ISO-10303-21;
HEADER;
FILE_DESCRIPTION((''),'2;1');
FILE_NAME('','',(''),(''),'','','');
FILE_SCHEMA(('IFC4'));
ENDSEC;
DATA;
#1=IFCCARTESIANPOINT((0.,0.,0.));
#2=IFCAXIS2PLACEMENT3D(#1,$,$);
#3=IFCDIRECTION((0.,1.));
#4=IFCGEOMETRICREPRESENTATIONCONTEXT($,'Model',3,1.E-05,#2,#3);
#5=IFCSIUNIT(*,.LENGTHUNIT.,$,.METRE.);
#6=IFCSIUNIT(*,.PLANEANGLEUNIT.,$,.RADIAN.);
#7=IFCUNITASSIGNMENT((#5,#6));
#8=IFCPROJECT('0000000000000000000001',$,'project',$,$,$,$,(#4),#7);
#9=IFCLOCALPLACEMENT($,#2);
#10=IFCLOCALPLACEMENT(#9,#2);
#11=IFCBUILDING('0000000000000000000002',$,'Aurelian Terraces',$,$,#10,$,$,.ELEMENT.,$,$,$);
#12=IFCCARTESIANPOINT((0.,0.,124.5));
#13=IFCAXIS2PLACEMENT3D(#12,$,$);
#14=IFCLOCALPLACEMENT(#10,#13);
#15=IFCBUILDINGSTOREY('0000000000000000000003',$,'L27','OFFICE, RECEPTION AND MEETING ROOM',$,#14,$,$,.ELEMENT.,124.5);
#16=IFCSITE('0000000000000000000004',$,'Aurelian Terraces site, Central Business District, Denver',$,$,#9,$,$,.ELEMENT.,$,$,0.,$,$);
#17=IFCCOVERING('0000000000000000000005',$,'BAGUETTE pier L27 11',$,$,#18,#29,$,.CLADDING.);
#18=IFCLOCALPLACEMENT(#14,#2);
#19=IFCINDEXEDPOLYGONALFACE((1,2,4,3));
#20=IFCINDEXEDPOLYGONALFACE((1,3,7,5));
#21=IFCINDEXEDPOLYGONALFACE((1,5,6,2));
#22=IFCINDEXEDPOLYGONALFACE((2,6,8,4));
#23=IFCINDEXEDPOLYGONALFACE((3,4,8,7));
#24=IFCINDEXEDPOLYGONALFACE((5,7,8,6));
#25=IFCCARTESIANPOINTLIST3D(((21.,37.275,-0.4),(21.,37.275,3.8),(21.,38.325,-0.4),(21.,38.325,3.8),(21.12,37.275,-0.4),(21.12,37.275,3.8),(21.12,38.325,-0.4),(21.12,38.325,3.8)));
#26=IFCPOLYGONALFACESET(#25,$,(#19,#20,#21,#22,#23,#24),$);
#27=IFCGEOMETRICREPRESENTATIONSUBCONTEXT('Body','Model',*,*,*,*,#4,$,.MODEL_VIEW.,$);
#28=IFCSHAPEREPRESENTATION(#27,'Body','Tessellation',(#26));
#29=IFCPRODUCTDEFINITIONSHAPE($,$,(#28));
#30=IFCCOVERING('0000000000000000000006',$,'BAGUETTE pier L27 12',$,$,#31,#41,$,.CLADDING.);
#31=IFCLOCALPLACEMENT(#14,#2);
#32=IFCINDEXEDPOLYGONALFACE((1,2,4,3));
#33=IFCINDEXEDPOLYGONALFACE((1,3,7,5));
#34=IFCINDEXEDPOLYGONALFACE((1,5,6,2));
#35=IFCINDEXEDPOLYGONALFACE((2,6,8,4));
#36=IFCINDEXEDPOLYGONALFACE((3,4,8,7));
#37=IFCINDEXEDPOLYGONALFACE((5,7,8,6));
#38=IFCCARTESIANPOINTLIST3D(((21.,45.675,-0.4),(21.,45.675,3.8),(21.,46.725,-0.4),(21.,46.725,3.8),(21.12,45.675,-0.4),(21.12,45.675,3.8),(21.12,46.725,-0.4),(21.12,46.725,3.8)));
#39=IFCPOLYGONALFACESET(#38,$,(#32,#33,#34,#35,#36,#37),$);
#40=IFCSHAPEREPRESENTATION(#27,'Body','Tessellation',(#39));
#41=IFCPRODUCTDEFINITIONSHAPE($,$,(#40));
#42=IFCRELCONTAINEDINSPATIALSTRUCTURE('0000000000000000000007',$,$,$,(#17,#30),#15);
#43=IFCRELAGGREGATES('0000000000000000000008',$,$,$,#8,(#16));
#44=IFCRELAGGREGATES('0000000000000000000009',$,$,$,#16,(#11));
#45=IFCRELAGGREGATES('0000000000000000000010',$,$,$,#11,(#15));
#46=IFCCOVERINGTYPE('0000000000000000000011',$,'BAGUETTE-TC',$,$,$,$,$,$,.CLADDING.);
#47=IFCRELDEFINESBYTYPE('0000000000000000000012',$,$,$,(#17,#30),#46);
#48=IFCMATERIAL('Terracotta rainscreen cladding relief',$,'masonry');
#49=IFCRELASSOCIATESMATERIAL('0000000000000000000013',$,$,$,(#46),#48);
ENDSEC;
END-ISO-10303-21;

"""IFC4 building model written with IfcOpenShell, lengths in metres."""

from ifc_helpers import new_model, si_unit, direction, frame, origin, origin_2d, place, context, subcontext, project, spatial, rectangle, extrude, source, transform, mapped, material, type_object, element, save


model = new_model("IFC4")

# Units and contexts
model_context = context("Model", 3, precision=1e-05, world=origin(), true_north=direction((0.0, 1.0)))
body_context = subcontext(model_context, "Body", "Model", "MODEL_VIEW")
ifc_project = project(units=[si_unit("LENGTHUNIT", "METRE"), si_unit("PLANEANGLEUNIT", "RADIAN")], contexts=[model_context])

# Site, building, storey
site_placement = place(None, origin())
site = spatial("IfcSite", under=ifc_project, at=site_placement, Name="Aurelian Terraces site, Central Business District, Denver", CompositionType="ELEMENT", RefElevation=0.0)
building_placement = place(site_placement, origin())
building = spatial("IfcBuilding", under=site, at=building_placement, Name="Aurelian Terraces", CompositionType="ELEMENT")
storey_placement = place(building_placement, frame((0.0, 0.0, 124.5)))
storey = spatial("IfcBuildingStorey", under=building, at=storey_placement, Name="L27", Description="OFFICE, RECEPTION AND MEETING ROOM", CompositionType="ELEMENT", Elevation=124.5)

# Coverings
ifc_material_1 = material(Name="Terracotta rainscreen cladding relief", Category="masonry")
covering_type_1 = type_object("IfcCoveringType", Name="BAGUETTE-TC", PredefinedType="CLADDING", material=ifc_material_1)
shared_shape_1 = source(origin(), body_context, "Body", "SweptSolid", [
    extrude(rectangle(XDim=0.12, YDim=1.05, at=origin_2d()), origin(), (0.0, 0.0, 1.0), 4.2),
])
for number, where, z_axis, x_axis, name in (
    (1, (21.06, 37.8, -0.4), (0.0, 0.0, 1.0), (1.0, 0.0, 0.0), "BAGUETTE pier L27 11"),
    (2, (21.06, 46.2, -0.4), (0.0, 0.0, 1.0), (1.0, 0.0, 0.0), "BAGUETTE pier L27 12"),
):
    element("IfcCovering", number, at=place(storey_placement, frame(where, z_axis=z_axis, x_axis=x_axis)), inside=storey, type_object=covering_type_1, Name=name, PredefinedType="CLADDING", context=body_context, shape_type="MappedRepresentation", body=[
        mapped(shared_shape_1, transform((0.0, 0.0, 0.0), scale=1.0)),
    ])

save(model, "model.ifc")
